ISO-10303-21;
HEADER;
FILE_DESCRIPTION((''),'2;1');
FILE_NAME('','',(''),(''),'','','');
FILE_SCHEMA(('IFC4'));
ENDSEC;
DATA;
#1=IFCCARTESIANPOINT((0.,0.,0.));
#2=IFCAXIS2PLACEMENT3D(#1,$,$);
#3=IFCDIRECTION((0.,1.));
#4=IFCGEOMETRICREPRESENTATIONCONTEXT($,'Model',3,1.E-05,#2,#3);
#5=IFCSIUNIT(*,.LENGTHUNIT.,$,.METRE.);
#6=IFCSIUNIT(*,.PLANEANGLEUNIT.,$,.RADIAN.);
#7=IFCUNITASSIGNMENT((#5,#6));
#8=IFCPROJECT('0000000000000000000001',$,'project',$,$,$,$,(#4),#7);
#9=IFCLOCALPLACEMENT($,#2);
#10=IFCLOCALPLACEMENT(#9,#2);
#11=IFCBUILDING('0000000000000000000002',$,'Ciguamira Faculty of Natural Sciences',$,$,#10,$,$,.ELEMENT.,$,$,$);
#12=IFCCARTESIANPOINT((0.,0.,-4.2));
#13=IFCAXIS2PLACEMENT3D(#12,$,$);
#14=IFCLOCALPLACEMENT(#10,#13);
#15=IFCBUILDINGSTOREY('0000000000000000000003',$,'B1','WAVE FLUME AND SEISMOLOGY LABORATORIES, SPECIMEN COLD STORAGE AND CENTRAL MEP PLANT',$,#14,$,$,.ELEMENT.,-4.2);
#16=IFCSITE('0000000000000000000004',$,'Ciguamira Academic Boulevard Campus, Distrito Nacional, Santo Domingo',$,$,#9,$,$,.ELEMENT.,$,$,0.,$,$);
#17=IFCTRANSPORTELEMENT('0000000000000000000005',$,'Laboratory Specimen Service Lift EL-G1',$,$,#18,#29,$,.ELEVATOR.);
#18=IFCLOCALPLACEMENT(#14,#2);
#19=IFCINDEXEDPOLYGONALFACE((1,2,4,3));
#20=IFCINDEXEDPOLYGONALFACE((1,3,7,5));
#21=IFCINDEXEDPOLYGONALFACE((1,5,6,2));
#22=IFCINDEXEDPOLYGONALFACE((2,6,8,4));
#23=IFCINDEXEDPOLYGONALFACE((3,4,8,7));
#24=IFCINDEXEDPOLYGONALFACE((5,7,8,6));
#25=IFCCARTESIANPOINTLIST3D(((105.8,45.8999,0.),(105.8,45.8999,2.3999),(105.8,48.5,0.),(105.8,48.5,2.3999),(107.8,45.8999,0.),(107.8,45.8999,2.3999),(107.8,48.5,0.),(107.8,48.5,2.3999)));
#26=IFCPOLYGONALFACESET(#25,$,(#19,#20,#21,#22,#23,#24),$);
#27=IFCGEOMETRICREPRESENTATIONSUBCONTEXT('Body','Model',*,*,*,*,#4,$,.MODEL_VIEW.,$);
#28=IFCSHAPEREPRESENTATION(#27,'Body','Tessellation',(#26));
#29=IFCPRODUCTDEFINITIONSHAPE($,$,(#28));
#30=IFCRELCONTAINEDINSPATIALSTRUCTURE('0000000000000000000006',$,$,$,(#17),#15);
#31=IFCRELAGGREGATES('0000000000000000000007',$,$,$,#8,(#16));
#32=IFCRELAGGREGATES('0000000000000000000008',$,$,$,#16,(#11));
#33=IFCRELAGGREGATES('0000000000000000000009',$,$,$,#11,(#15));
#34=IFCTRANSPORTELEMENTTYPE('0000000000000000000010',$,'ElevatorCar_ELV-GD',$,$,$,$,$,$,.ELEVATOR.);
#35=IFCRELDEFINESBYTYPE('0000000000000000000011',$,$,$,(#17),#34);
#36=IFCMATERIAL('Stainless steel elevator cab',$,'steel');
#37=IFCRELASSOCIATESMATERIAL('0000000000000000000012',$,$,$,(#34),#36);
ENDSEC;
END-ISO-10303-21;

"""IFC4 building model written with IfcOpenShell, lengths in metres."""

from ifc_helpers import new_model, si_unit, direction, frame, origin, origin_2d, place, context, subcontext, project, spatial, rectangle, extrude, material, type_object, element, save


model = new_model("IFC4")

# Units and contexts
model_context = context("Model", 3, precision=1e-05, world=origin(), true_north=direction((0.0, 1.0)))
body_context = subcontext(model_context, "Body", "Model", "MODEL_VIEW")
ifc_project = project(units=[si_unit("LENGTHUNIT", "METRE"), si_unit("PLANEANGLEUNIT", "RADIAN")], contexts=[model_context])

# Site, building, storey
site_placement = place(None, origin())
site = spatial("IfcSite", under=ifc_project, at=site_placement, Name="Ciguamira Academic Boulevard Campus, Distrito Nacional, Santo Domingo", CompositionType="ELEMENT", RefElevation=0.0)
building_placement = place(site_placement, origin())
building = spatial("IfcBuilding", under=site, at=building_placement, Name="Ciguamira Faculty of Natural Sciences", CompositionType="ELEMENT")
storey_placement = place(building_placement, frame((0.0, 0.0, -4.2)))
storey = spatial("IfcBuildingStorey", under=building, at=storey_placement, Name="B1", Description="WAVE FLUME AND SEISMOLOGY LABORATORIES, SPECIMEN COLD STORAGE AND CENTRAL MEP PLANT", CompositionType="ELEMENT", Elevation=-4.2)

# Transport element
ifc_material_1 = material(Name="Stainless steel elevator cab", Category="steel")
transport_element_type = type_object("IfcTransportElementType", Name="ElevatorCar_ELV-GD", PredefinedType="ELEVATOR", material=ifc_material_1)
transport_element_placement = place(storey_placement, frame((106.8, 47.2, 0.0), z_axis=(0.0, 0.0, 1.0), x_axis=(1.0, 0.0, 0.0)))
element("IfcTransportElement", 1, at=transport_element_placement, inside=storey, type_object=transport_element_type, Name="Laboratory Specimen Service Lift EL-G1", PredefinedType="ELEVATOR", context=body_context, shape_type="SweptSolid", body=[
    extrude(rectangle(XDim=2.0, YDim=2.6001, at=origin_2d()), origin(), (0.0, 0.0, 1.0), 2.3999),
])

save(model, "model.ifc")
